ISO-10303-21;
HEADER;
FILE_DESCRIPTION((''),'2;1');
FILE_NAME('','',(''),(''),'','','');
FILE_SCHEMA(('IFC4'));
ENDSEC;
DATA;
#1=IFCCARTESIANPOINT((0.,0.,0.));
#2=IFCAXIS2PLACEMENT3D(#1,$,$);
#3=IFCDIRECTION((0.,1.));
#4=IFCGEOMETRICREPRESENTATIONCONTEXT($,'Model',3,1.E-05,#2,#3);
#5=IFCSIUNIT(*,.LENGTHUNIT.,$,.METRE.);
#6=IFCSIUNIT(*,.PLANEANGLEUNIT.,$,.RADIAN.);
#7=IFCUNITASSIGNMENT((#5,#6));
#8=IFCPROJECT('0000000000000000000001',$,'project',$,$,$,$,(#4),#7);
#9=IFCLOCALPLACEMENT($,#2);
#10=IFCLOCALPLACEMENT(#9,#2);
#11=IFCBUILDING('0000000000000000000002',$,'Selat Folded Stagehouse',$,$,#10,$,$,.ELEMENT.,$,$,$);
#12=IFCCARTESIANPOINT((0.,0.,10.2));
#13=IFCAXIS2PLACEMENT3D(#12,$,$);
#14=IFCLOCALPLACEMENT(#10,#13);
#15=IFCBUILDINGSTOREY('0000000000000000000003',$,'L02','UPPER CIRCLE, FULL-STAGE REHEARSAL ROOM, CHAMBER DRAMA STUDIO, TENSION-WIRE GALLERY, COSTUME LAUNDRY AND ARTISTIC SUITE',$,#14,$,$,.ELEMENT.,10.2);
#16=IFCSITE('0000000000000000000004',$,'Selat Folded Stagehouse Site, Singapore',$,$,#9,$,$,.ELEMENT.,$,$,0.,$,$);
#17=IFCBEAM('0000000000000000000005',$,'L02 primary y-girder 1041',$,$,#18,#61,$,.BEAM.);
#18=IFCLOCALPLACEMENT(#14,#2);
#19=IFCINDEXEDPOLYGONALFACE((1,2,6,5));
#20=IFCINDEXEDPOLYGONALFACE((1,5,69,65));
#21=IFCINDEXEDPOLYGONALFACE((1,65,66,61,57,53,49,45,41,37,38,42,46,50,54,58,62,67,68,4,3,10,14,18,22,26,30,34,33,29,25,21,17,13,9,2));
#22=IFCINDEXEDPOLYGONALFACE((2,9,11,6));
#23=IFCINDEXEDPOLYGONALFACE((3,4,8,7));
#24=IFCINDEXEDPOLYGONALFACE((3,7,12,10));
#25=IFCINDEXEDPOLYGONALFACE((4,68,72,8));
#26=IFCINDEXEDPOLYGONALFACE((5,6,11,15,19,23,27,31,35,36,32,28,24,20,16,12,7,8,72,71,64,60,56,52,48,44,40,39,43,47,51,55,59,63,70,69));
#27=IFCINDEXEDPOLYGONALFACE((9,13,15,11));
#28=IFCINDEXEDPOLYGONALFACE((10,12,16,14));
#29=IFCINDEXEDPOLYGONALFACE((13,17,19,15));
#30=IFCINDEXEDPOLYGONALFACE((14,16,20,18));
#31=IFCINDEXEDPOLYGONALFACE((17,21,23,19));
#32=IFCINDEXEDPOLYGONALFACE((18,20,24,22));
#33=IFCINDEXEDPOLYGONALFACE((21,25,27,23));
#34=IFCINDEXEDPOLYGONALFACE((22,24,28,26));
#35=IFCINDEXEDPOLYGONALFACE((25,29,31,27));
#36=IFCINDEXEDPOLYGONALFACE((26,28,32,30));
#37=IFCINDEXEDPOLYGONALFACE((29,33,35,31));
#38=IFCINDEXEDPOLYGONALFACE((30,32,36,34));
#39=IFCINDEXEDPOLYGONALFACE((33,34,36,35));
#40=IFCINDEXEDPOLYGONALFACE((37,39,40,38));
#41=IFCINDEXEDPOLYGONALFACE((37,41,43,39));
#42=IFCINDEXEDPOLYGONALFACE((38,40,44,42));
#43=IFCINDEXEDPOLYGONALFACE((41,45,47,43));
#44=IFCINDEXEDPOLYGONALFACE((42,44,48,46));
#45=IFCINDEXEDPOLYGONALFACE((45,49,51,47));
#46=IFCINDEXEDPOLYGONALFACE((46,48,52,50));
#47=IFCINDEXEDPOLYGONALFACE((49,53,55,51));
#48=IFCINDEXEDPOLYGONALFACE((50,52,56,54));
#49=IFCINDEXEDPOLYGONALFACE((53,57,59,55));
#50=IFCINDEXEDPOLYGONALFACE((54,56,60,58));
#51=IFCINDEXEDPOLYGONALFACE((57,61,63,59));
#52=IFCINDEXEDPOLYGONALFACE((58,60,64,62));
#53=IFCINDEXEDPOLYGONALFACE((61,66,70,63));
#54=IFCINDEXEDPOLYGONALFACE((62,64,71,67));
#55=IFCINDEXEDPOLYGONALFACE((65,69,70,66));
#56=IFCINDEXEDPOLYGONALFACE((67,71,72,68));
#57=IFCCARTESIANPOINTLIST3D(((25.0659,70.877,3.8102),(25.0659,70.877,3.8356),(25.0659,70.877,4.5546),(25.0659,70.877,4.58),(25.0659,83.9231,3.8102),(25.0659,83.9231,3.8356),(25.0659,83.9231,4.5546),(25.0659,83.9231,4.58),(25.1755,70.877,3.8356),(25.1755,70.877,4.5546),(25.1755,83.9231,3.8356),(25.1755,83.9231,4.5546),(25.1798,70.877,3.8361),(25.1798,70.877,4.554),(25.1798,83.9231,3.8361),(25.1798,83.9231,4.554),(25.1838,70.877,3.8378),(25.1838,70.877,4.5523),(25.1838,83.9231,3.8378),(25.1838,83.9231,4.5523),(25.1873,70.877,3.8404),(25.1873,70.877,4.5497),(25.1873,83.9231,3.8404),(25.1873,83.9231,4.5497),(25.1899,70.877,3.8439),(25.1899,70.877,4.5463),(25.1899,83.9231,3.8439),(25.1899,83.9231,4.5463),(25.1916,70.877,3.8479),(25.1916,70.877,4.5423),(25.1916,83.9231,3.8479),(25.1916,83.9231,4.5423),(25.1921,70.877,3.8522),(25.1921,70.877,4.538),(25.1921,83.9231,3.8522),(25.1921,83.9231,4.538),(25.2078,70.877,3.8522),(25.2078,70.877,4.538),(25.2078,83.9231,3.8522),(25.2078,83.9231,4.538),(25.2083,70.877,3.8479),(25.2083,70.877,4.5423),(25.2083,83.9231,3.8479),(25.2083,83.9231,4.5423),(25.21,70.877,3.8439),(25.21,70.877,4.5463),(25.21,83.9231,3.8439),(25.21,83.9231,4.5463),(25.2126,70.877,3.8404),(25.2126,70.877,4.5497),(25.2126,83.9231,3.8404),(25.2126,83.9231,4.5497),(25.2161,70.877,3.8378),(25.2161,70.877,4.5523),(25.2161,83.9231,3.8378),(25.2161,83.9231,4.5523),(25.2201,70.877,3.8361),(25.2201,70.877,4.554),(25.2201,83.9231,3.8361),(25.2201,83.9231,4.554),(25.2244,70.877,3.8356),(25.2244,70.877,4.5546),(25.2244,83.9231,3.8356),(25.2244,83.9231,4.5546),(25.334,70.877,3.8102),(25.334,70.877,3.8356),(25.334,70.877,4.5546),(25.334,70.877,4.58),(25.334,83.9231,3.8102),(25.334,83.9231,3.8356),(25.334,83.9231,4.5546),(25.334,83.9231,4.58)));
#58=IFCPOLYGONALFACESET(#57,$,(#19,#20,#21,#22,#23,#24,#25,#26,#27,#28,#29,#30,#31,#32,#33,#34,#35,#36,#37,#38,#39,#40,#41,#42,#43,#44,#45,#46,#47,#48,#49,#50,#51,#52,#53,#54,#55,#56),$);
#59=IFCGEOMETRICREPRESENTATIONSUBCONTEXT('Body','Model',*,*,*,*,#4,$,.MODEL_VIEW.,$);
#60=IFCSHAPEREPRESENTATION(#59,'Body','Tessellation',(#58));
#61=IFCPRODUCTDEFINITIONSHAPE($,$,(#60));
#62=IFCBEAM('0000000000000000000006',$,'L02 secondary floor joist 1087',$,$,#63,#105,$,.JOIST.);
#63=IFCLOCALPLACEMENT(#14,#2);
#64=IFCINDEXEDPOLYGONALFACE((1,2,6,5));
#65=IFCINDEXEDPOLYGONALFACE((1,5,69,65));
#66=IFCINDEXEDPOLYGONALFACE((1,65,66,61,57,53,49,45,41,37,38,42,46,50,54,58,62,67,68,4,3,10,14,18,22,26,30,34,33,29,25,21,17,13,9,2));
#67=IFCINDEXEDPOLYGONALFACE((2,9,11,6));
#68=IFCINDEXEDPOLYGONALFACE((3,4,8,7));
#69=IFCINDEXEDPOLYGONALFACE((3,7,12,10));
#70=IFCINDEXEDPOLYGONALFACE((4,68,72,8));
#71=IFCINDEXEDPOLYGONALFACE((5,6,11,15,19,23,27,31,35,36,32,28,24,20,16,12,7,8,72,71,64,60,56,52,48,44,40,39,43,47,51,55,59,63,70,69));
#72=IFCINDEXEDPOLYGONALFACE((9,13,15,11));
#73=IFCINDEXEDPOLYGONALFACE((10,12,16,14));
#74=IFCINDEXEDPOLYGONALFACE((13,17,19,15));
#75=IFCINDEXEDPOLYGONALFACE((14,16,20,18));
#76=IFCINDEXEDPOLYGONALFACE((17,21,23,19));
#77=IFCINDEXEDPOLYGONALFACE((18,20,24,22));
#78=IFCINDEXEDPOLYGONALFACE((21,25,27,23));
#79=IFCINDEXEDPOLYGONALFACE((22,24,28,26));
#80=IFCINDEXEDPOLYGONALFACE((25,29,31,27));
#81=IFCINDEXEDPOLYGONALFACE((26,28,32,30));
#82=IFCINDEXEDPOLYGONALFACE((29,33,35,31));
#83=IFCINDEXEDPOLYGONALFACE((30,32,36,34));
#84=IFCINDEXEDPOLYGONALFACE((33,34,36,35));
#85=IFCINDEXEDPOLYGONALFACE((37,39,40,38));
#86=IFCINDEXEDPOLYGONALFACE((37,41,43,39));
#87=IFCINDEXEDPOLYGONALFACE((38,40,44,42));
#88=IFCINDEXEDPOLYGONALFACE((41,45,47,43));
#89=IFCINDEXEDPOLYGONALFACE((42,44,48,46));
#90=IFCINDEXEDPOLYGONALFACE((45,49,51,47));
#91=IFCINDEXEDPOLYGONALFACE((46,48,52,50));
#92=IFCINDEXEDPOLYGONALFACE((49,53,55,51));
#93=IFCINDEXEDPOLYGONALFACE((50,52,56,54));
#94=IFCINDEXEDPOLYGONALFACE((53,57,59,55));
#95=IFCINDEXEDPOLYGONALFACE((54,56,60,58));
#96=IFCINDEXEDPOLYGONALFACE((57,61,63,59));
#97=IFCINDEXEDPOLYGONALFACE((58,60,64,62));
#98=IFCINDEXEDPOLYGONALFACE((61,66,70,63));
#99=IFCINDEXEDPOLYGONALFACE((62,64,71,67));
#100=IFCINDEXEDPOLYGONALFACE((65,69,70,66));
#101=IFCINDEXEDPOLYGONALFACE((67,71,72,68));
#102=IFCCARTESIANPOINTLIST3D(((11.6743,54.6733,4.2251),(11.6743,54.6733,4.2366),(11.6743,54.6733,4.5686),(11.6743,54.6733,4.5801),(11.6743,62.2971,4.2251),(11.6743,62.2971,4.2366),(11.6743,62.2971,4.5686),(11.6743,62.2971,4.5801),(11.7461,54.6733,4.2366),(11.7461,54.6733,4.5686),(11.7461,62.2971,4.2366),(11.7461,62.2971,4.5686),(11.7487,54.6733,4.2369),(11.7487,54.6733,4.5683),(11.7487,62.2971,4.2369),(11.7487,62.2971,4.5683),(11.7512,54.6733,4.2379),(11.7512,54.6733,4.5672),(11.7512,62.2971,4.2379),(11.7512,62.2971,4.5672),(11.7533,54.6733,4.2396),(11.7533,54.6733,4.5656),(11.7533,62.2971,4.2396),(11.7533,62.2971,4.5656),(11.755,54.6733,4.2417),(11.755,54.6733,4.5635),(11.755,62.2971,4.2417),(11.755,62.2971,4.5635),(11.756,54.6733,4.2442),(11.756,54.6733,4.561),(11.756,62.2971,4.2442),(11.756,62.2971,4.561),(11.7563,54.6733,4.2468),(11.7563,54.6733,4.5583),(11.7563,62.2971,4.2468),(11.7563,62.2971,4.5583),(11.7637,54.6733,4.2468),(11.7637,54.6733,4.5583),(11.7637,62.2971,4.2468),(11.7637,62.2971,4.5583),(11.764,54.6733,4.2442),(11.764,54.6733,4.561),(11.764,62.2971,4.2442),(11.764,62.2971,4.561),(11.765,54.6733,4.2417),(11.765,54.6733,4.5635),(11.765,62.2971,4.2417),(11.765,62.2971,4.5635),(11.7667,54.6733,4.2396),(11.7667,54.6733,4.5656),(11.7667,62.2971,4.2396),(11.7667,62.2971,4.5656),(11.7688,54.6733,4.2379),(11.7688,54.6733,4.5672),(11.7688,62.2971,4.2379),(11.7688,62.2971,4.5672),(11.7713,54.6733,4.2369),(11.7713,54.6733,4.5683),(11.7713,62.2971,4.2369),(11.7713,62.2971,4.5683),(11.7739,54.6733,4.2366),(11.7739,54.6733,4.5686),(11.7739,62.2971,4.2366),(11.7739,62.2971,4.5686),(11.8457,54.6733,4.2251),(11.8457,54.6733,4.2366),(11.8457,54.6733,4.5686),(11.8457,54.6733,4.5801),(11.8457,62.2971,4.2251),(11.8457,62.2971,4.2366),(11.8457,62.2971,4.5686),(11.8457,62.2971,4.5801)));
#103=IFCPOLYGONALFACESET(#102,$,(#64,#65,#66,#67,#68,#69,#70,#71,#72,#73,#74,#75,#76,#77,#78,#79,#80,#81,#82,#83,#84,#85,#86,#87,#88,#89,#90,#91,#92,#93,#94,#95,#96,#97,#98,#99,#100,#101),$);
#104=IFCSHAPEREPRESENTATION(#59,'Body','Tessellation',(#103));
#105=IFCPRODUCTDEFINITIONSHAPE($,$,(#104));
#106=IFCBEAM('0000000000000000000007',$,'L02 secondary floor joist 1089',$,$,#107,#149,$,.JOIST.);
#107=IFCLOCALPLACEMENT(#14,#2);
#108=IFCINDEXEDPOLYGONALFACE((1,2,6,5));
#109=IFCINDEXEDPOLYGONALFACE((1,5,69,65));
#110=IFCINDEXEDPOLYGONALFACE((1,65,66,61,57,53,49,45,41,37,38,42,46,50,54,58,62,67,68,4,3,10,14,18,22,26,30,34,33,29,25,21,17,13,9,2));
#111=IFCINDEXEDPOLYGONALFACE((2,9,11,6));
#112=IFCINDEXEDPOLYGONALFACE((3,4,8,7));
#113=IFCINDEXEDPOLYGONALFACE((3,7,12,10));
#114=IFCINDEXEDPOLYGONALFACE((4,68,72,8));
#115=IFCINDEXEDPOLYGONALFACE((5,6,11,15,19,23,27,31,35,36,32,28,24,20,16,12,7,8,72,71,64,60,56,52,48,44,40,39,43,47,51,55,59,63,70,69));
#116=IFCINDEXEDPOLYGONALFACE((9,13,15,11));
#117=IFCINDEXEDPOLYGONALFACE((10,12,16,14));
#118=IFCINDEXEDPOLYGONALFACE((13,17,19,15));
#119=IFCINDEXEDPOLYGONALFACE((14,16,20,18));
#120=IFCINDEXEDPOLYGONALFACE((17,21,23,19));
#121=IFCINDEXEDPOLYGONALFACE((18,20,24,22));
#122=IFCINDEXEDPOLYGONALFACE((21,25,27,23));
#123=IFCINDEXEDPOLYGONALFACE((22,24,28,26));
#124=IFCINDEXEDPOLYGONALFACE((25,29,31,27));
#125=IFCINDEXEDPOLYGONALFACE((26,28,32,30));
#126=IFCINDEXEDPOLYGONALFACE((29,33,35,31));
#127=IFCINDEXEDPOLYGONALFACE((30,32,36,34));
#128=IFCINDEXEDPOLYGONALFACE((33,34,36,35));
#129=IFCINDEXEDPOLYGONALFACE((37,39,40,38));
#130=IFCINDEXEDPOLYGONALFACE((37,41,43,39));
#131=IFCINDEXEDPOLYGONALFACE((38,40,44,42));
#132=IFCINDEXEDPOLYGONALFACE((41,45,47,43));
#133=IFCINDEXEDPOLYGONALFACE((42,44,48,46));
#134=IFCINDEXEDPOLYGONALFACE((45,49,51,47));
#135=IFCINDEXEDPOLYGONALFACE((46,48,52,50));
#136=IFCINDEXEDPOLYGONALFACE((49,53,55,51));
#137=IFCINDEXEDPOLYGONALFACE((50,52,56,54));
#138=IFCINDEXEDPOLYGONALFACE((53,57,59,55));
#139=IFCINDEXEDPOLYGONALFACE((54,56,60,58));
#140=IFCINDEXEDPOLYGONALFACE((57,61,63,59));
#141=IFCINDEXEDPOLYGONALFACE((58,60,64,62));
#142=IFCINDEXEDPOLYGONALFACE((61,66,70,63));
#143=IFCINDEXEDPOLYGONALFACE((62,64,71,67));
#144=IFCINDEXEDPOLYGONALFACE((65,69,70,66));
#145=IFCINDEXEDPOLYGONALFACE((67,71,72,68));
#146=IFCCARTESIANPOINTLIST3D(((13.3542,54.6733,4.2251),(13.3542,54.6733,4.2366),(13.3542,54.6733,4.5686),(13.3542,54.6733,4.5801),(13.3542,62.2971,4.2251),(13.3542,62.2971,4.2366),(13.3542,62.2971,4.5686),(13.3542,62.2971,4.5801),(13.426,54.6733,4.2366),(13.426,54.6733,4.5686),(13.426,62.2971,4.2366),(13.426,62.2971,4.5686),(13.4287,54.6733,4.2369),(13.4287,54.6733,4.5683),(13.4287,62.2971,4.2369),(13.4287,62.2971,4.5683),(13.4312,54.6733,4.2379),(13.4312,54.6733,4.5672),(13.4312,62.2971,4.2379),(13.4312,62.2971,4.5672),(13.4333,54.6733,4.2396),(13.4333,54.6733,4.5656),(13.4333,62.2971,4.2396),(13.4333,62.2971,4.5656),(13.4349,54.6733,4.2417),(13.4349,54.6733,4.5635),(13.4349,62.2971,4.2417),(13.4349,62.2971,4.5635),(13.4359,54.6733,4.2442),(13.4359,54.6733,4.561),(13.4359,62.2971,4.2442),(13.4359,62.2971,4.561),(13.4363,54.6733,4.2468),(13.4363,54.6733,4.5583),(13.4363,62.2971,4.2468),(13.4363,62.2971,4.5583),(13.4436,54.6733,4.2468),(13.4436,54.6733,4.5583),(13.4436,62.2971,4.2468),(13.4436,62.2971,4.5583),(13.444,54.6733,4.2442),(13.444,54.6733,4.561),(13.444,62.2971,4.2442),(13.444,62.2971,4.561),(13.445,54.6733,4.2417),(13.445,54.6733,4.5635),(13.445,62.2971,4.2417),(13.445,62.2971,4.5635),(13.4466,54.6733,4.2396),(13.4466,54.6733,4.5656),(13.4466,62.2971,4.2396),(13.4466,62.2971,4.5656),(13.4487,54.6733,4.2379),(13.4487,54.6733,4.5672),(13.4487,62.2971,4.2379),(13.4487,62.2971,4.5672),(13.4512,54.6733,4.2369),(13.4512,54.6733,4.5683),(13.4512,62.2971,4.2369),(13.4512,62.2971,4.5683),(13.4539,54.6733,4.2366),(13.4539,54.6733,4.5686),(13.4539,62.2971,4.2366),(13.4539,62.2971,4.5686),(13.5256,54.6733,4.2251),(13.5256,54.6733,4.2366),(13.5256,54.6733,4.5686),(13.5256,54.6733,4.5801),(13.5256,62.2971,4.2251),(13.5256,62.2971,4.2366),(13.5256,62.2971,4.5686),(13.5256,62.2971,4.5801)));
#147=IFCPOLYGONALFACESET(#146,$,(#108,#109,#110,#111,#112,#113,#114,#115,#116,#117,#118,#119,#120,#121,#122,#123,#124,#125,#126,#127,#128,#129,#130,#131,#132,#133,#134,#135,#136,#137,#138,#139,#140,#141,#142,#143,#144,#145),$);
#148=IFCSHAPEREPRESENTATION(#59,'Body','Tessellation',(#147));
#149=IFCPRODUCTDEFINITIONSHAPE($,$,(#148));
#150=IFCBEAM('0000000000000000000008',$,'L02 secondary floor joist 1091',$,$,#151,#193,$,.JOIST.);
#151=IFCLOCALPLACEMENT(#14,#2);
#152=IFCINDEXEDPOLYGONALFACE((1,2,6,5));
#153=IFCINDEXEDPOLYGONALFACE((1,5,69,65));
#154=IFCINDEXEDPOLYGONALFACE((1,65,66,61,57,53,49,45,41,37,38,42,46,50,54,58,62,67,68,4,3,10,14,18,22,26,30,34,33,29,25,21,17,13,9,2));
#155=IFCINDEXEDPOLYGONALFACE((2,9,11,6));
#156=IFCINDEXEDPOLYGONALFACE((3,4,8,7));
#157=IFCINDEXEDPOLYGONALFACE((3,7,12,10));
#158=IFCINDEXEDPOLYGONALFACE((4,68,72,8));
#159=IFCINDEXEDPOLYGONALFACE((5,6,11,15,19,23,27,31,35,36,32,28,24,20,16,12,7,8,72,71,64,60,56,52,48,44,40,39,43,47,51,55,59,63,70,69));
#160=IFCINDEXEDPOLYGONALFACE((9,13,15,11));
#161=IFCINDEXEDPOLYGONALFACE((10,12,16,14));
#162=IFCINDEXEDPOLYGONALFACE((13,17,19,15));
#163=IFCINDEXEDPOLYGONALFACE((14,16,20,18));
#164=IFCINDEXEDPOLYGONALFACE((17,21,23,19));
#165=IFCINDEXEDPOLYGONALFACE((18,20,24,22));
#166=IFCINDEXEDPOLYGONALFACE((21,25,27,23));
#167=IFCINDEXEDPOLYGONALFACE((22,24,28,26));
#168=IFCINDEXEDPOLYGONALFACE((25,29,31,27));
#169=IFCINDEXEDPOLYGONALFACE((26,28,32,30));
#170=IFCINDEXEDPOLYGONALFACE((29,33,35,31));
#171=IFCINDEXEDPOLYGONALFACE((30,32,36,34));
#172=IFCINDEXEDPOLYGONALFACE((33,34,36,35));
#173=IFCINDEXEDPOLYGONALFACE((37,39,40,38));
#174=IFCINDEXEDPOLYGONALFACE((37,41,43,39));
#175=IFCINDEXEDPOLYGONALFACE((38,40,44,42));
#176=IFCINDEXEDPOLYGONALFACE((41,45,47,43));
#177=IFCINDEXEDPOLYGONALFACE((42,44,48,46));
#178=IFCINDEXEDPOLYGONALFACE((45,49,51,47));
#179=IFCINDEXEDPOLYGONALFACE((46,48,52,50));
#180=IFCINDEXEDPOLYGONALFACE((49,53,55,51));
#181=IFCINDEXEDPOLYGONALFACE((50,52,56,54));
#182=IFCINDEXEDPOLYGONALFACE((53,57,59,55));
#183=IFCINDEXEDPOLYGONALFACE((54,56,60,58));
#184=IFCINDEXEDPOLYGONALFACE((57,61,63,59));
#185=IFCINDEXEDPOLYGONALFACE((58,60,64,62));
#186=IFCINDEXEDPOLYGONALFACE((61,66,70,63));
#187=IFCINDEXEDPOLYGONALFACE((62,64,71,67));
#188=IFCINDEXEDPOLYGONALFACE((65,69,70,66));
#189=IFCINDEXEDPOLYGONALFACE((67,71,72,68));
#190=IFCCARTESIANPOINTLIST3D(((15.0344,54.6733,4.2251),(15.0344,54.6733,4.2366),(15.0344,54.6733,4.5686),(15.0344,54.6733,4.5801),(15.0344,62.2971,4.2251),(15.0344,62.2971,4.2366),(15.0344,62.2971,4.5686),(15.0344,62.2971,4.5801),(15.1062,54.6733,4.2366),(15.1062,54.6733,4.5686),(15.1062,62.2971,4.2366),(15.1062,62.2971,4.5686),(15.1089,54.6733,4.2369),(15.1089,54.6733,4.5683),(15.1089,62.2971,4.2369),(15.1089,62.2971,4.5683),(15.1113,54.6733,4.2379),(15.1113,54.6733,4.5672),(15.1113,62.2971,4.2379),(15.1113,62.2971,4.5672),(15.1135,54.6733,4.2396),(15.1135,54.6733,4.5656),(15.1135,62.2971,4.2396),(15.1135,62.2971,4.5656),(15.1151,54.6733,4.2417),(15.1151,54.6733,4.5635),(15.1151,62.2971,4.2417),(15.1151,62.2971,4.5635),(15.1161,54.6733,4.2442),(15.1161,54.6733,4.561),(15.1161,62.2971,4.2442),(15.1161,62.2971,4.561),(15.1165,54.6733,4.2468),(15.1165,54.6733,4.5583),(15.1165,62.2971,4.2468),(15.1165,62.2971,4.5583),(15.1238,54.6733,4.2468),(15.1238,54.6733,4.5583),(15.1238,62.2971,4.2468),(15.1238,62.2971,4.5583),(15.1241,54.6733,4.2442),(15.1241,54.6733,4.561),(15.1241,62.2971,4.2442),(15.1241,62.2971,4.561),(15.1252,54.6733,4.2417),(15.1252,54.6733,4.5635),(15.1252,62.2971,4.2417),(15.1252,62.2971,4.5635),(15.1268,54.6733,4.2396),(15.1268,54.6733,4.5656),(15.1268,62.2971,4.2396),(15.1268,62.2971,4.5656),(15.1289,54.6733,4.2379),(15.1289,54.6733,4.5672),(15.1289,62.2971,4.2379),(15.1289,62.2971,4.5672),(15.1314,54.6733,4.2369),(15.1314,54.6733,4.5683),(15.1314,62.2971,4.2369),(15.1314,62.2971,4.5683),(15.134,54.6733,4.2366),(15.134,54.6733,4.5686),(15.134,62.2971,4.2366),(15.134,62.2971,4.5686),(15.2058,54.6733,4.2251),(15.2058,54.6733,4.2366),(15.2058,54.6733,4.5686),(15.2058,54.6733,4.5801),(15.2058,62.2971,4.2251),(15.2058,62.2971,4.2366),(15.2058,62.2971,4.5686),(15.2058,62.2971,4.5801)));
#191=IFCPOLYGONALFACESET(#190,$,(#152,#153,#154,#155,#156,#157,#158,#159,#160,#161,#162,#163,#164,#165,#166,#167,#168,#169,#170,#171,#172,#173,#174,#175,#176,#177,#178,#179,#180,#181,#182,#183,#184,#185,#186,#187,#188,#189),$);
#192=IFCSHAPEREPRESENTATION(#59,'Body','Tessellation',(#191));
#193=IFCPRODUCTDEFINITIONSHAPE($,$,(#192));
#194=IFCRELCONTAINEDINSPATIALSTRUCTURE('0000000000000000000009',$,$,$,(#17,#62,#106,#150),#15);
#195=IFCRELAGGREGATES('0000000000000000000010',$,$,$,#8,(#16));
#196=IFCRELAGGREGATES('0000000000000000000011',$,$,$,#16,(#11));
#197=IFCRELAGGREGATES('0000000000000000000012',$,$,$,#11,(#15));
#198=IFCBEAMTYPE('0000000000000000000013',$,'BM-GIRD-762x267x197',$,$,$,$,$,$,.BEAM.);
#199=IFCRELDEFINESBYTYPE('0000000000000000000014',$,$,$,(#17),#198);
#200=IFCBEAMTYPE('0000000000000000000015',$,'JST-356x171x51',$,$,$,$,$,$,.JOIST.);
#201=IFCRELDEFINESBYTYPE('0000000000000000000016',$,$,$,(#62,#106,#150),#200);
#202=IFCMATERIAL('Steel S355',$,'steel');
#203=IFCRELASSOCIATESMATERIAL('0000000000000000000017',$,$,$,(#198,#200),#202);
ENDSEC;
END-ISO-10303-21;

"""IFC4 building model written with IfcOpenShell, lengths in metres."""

from ifc_helpers import new_model, si_unit, direction, frame, origin, origin_2d, place, context, subcontext, project, spatial, i_section, extrude, material, material_profile, profile_set, type_object, element, save


model = new_model("IFC4")

# Units and contexts
model_context = context("Model", 3, precision=1e-05, world=origin(), true_north=direction((0.0, 1.0)))
body_context = subcontext(model_context, "Body", "Model", "MODEL_VIEW")
ifc_project = project(units=[si_unit("LENGTHUNIT", "METRE"), si_unit("PLANEANGLEUNIT", "RADIAN")], contexts=[model_context])

# Site, building, storey
site_placement = place(None, origin())
site = spatial("IfcSite", under=ifc_project, at=site_placement, Name="Selat Folded Stagehouse Site, Singapore", CompositionType="ELEMENT", RefElevation=0.0)
building_placement = place(site_placement, origin())
building = spatial("IfcBuilding", under=site, at=building_placement, Name="Selat Folded Stagehouse", CompositionType="ELEMENT")
storey_placement = place(building_placement, frame((0.0, 0.0, 10.2)))
storey = spatial("IfcBuildingStorey", under=building, at=storey_placement, Name="L02", Description="UPPER CIRCLE, FULL-STAGE REHEARSAL ROOM, CHAMBER DRAMA STUDIO, TENSION-WIRE GALLERY, COSTUME LAUNDRY AND ARTISTIC SUITE", CompositionType="ELEMENT", Elevation=10.2)

# Shared definitions
ifc_material_1 = material(Name="Steel S355", Category="steel")

# Beams
ifc_material_profile_1 = material_profile(ifc_material_1, i_section(OverallWidth=0.2681, OverallDepth=0.7698, WebThickness=0.0156, FlangeThickness=0.0254, FilletRadius=0.0166, at=origin_2d()), Name="UKB 762x267x197")
ifc_profile_set_1 = profile_set([ifc_material_profile_1], Name="Steel S355")
beam_type_1 = type_object("IfcBeamType", Name="BM-GIRD-762x267x197", PredefinedType="BEAM", material=ifc_profile_set_1)
beam_1_placement = place(storey_placement, frame((25.2, 70.877, 4.1951), z_axis=(0.0, 1.0, 0.0), x_axis=(-1.0, 0.0, 0.0)))
element("IfcBeam", 1, at=beam_1_placement, inside=storey, type_object=beam_type_1, Name="L02 primary y-girder 1041", PredefinedType="BEAM", context=body_context, shape_type="SweptSolid", body=[
    extrude(i_section(OverallWidth=0.2681, OverallDepth=0.7698, WebThickness=0.0156, FlangeThickness=0.0254, FilletRadius=0.0166, at=origin_2d()), origin(), (0.0, 0.0, 1.0), 13.0461),
])
ifc_material_profile_2 = material_profile(ifc_material_1, i_section(OverallWidth=0.1714, OverallDepth=0.355, WebThickness=0.0073, FlangeThickness=0.0115, FilletRadius=0.0103, at=origin_2d()), Name="UKB 356x171x51")
ifc_profile_set_2 = profile_set([ifc_material_profile_2], Name="Steel S355")
beam_type_2 = type_object("IfcBeamType", Name="JST-356x171x51", PredefinedType="JOIST", material=ifc_profile_set_2)
for number, where, z_axis, x_axis, name in (
    (2, (11.76, 54.6733, 4.4026), (0.0, 1.0, 0.0), (-1.0, 0.0, 0.0), "L02 secondary floor joist 1087"),
    (3, (13.4399, 54.6733, 4.4026), (0.0, 1.0, 0.0), (-1.0, 0.0, 0.0), "L02 secondary floor joist 1089"),
    (4, (15.1201, 54.6733, 4.4026), (0.0, 1.0, 0.0), (-1.0, 0.0, 0.0), "L02 secondary floor joist 1091"),
):
    element("IfcBeam", number, at=place(storey_placement, frame(where, z_axis=z_axis, x_axis=x_axis)), inside=storey, type_object=beam_type_2, Name=name, PredefinedType="JOIST", context=body_context, shape_type="SweptSolid", body=[
        extrude(i_section(OverallWidth=0.1714, OverallDepth=0.355, WebThickness=0.0073, FlangeThickness=0.0115, FilletRadius=0.0103, at=origin_2d()), origin(), (0.0, 0.0, 1.0), 7.6238),
    ])

save(model, "model.ifc")
